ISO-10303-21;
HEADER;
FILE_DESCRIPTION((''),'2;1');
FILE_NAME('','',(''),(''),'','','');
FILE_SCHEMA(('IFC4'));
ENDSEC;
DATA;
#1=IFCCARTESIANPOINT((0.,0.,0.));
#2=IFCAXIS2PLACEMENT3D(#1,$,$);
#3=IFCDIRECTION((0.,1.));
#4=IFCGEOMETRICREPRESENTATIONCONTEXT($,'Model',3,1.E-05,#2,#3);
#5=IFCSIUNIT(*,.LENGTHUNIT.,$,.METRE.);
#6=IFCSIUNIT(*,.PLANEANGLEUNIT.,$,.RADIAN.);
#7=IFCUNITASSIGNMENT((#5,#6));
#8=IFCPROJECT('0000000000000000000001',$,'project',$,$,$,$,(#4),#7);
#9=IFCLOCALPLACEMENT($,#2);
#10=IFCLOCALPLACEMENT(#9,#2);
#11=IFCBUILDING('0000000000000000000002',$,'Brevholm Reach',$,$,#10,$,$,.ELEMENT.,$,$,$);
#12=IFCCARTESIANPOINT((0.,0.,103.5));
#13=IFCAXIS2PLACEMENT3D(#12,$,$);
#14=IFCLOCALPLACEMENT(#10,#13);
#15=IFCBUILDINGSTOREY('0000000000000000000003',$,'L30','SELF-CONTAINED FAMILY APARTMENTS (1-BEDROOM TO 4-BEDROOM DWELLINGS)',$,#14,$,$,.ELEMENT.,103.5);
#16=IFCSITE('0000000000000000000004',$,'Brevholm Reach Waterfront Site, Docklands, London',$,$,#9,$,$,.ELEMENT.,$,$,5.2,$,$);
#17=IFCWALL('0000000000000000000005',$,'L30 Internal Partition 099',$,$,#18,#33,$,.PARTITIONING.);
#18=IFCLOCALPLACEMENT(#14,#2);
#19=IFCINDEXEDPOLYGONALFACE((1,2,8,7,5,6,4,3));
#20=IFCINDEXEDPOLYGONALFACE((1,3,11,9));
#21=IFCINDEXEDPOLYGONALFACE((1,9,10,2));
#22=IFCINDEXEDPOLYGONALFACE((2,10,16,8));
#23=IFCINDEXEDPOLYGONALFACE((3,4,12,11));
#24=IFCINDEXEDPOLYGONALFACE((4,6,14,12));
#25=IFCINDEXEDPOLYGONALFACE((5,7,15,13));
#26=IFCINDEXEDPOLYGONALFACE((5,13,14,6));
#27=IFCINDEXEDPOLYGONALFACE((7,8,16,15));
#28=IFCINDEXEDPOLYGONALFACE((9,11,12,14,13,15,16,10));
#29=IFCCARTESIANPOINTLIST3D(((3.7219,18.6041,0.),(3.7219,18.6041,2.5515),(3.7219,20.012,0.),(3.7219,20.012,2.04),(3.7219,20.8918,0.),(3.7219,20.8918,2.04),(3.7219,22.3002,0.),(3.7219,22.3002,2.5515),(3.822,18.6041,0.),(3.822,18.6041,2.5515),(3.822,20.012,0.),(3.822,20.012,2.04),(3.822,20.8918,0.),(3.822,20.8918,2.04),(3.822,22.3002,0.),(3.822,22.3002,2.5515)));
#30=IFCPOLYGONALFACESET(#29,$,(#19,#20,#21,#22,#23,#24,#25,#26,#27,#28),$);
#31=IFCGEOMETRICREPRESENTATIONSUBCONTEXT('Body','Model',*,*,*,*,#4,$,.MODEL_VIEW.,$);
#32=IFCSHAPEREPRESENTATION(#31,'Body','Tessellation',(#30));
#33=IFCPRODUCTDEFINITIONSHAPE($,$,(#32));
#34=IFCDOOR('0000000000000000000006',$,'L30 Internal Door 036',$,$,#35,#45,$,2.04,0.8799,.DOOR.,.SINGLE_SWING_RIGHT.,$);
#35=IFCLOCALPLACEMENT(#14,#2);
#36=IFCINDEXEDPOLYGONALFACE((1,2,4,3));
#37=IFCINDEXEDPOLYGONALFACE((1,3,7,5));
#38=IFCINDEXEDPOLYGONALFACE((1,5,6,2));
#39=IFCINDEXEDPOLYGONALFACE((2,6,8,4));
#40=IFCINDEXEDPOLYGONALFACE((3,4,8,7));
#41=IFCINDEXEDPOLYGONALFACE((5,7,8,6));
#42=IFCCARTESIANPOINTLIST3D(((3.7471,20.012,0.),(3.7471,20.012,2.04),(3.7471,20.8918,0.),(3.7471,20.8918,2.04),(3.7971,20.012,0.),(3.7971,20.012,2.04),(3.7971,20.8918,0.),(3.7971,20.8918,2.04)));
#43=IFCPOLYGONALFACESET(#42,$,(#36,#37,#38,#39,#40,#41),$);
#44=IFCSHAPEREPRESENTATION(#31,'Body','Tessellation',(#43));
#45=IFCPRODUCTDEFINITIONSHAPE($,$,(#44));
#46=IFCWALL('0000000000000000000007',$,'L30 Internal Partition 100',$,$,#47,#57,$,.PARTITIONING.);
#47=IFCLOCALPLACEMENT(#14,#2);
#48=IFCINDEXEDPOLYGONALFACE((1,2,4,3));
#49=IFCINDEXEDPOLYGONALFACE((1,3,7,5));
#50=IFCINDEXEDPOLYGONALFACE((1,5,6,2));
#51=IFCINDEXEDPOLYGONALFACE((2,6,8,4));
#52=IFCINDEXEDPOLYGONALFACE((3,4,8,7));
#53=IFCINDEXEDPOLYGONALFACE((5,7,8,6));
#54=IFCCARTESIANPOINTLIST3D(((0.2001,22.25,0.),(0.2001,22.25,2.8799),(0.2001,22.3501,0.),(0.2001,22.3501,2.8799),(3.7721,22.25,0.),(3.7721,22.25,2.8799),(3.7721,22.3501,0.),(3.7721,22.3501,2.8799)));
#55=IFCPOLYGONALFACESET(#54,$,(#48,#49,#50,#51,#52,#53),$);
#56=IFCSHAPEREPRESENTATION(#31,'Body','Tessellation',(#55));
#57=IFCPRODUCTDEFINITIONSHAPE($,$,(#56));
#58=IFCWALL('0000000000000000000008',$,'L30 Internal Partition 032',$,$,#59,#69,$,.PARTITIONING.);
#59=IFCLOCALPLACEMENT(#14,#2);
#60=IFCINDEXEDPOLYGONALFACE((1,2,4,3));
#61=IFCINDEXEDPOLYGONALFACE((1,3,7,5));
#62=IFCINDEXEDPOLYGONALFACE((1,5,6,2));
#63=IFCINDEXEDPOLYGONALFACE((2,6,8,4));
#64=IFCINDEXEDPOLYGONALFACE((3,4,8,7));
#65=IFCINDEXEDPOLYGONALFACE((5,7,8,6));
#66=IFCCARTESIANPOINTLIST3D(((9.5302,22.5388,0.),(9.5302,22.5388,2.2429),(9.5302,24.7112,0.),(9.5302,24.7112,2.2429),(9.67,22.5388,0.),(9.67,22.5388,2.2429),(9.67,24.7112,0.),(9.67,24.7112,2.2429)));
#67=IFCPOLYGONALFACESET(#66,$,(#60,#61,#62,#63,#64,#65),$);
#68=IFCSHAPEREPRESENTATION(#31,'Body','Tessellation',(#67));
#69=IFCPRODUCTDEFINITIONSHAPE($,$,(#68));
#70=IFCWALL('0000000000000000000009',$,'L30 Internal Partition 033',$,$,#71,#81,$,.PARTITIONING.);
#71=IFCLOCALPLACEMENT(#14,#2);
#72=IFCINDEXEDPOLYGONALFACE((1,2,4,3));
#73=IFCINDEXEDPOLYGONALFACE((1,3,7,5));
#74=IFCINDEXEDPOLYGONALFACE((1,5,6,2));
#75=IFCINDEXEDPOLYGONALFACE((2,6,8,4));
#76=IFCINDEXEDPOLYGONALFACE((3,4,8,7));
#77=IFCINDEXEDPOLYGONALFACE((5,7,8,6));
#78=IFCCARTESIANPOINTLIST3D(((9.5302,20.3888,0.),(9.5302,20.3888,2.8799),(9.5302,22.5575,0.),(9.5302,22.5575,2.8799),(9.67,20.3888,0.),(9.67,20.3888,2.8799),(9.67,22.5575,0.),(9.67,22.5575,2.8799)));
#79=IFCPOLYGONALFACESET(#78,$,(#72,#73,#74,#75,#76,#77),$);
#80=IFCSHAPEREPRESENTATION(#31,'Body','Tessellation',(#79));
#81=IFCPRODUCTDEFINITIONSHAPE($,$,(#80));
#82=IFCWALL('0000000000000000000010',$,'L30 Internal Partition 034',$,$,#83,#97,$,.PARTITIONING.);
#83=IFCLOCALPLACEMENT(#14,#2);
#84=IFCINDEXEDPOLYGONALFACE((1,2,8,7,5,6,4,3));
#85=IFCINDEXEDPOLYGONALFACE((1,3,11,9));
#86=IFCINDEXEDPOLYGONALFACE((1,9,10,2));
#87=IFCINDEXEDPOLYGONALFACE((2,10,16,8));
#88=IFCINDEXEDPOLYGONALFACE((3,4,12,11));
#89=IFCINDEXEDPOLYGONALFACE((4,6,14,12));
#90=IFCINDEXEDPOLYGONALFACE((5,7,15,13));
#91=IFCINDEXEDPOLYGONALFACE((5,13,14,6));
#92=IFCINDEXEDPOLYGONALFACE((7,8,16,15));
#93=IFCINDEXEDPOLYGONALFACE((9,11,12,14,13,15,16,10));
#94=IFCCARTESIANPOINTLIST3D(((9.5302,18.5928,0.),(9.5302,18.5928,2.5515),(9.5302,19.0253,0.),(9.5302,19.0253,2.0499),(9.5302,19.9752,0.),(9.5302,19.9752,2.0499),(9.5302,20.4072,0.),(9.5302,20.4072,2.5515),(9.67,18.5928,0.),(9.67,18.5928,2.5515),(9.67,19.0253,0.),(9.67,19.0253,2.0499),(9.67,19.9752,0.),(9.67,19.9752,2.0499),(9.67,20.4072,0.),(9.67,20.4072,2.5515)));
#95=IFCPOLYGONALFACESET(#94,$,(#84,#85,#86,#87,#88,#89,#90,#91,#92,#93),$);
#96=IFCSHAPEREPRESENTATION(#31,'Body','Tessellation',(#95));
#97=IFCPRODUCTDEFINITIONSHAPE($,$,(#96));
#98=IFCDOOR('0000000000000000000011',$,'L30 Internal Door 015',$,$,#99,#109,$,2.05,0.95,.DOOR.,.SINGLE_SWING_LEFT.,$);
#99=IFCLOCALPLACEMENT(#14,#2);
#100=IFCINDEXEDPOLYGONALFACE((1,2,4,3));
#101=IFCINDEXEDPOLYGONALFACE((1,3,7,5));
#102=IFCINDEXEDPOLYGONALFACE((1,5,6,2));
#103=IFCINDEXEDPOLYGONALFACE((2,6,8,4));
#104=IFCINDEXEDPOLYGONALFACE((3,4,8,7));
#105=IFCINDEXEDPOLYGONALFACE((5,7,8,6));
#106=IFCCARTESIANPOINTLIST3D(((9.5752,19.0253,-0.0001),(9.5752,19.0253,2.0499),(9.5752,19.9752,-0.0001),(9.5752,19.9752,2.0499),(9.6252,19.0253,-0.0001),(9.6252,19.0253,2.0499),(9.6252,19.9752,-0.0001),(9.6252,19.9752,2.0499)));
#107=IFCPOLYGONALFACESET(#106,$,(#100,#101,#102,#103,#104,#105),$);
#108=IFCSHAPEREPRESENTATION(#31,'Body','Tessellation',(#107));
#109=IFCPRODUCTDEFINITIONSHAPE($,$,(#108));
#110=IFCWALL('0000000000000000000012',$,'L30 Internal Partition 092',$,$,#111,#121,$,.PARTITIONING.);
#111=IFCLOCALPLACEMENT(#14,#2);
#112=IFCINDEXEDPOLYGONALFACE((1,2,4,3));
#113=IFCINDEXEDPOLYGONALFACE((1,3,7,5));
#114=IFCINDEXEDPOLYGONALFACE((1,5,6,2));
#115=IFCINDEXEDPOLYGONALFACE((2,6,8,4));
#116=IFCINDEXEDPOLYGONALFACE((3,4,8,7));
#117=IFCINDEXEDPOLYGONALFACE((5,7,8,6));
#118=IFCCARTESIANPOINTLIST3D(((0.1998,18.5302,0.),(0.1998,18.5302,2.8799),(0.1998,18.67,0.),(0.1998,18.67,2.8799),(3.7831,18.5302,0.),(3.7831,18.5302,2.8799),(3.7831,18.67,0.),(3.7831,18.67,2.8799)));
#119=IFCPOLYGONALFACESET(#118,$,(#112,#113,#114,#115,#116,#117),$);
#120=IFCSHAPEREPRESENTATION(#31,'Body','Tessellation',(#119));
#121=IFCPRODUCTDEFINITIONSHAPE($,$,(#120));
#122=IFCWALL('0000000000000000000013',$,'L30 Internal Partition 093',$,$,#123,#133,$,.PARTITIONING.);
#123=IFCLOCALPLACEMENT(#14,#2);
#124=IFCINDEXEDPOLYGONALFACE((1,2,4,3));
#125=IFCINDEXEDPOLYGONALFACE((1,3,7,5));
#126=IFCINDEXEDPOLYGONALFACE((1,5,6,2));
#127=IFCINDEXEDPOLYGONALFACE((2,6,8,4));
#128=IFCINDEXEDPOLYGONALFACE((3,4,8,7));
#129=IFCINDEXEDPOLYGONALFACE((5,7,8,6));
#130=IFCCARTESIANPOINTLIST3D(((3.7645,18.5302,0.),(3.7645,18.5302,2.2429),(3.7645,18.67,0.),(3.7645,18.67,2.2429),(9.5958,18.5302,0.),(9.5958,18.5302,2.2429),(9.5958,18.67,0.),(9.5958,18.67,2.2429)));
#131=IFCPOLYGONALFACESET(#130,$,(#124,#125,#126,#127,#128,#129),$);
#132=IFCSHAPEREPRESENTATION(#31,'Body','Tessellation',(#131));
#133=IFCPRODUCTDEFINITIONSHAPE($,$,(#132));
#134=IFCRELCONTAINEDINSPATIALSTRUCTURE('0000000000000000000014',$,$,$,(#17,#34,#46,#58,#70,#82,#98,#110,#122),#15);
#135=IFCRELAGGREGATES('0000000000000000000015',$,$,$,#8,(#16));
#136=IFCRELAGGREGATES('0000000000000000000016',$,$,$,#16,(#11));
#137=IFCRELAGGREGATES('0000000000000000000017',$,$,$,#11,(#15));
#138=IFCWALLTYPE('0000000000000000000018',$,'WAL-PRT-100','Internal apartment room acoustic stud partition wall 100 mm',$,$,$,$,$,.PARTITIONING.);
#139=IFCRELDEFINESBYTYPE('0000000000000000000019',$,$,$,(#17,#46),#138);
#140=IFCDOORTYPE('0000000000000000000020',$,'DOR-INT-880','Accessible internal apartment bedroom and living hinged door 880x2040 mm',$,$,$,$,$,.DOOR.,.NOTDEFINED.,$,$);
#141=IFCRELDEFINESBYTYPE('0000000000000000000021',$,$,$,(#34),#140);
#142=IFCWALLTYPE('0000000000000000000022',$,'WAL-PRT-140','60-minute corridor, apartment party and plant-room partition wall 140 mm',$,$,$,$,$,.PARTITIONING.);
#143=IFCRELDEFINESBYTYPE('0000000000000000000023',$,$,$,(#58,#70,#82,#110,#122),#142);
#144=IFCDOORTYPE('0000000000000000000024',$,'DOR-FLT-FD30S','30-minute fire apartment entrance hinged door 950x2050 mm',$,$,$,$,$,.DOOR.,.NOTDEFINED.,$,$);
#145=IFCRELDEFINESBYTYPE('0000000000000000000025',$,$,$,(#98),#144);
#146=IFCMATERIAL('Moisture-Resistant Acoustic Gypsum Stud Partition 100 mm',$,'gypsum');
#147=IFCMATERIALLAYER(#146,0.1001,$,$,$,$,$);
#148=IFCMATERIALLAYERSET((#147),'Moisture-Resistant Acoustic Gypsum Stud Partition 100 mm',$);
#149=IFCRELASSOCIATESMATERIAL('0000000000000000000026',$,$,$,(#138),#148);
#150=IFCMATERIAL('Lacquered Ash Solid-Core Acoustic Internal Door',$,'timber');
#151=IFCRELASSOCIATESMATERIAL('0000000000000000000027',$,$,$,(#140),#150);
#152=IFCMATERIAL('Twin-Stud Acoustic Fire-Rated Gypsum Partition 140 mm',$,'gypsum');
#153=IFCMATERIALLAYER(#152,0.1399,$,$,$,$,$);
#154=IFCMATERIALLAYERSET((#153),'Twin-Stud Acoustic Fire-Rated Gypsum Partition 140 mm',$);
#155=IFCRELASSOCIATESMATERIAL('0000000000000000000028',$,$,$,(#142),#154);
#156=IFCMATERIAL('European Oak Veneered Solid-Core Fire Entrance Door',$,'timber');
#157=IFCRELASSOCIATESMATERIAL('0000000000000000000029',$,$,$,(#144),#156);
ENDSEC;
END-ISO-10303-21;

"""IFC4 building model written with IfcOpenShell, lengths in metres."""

from ifc_helpers import new_model, si_unit, direction, frame, frame_2d, origin, place, context, subcontext, project, spatial, rectangle, extrude, material, layer, layer_set, type_object, element, fill, save


model = new_model("IFC4")

# Units and contexts
model_context = context("Model", 3, precision=1e-05, world=origin(), true_north=direction((0.0, 1.0)))
body_context = subcontext(model_context, "Body", "Model", "MODEL_VIEW")
ifc_project = project(units=[si_unit("LENGTHUNIT", "METRE"), si_unit("PLANEANGLEUNIT", "RADIAN")], contexts=[model_context])

# Site, building, storey
site_placement = place(None, origin())
site = spatial("IfcSite", under=ifc_project, at=site_placement, Name="Brevholm Reach Waterfront Site, Docklands, London", CompositionType="ELEMENT", RefElevation=5.2)
building_placement = place(site_placement, origin())
building = spatial("IfcBuilding", under=site, at=building_placement, Name="Brevholm Reach", CompositionType="ELEMENT")
storey_placement = place(building_placement, frame((0.0, 0.0, 103.5)))
storey = spatial("IfcBuildingStorey", under=building, at=storey_placement, Name="L30", Description="SELF-CONTAINED FAMILY APARTMENTS (1-BEDROOM TO 4-BEDROOM DWELLINGS)", CompositionType="ELEMENT", Elevation=103.5)

# Shared definitions
ifc_material_1 = material(Name="Moisture-Resistant Acoustic Gypsum Stud Partition 100 mm", Category="gypsum")
ifc_layer_1 = layer(ifc_material_1, 0.1001)
ifc_layer_set_1 = layer_set([ifc_layer_1], Name="Moisture-Resistant Acoustic Gypsum Stud Partition 100 mm")
wall_type_1 = type_object("IfcWallType", Name="WAL-PRT-100", Description="Internal apartment room acoustic stud partition wall 100 mm", PredefinedType="PARTITIONING", material=ifc_layer_set_1)

# Shared definitions
ifc_material_2 = material(Name="Lacquered Ash Solid-Core Acoustic Internal Door", Category="timber")
door_type_1 = type_object("IfcDoorType", Name="DOR-INT-880", Description="Accessible internal apartment bedroom and living hinged door 880x2040 mm", OperationType="NOTDEFINED", PredefinedType="DOOR", material=ifc_material_2)

# Wall, opening, door
wall_1_placement = place(storey_placement, frame((3.772, 18.604, 0.0), z_axis=(0.0, 0.0, 1.0), x_axis=(0.0, 1.0, 0.0)))
wall_1 = element("IfcWall", 1, at=wall_1_placement, inside=storey, type_object=wall_type_1, Name="L30 Internal Partition 099", PredefinedType="PARTITIONING", context=body_context, shape_type="SweptSolid", body=[
    extrude(rectangle(XDim=3.696, YDim=0.1001, at=frame_2d((1.8481, 0.0))), origin(), (0.0, 0.0, 1.0), 2.5515),
])
opening_1_placement = place(wall_1_placement, frame((1.408, 0.0, 0.0)))
opening_1 = element("IfcOpeningElement", 2, at=opening_1_placement, cuts=wall_1, PredefinedType="OPENING", context=body_context, shape_type="SweptSolid", body=[
    extrude(rectangle(XDim=0.8799, YDim=2.04, at=frame_2d((0.4399, 1.02))), frame((0.0, 0.0601, 0.0), z_axis=(0.0, -1.0, 0.0), x_axis=(1.0, 0.0, 0.0)), (0.0, 0.0, 1.0), 0.1201),
])
door_1_placement = place(opening_1_placement, origin())
door_1 = element("IfcDoor", 3, at=door_1_placement, inside=storey, type_object=door_type_1, Name="L30 Internal Door 036", OperationType="SINGLE_SWING_RIGHT", OverallHeight=2.04, OverallWidth=0.8799, PredefinedType="DOOR", context=body_context, shape_type="SweptSolid", body=[
    extrude(rectangle(XDim=0.8799, YDim=2.04, at=frame_2d((0.4399, 1.02))), frame((0.0, 0.0249, 0.0), z_axis=(0.0, -1.0, 0.0), x_axis=(1.0, 0.0, 0.0)), (0.0, 0.0, 1.0), 0.05),
])
fill(opening_1, door_1)

# Walls
wall_2_placement = place(storey_placement, frame((0.2, 22.3, 0.0), z_axis=(0.0, 0.0, 1.0), x_axis=(1.0, 0.0, 0.0)))
element("IfcWall", 4, at=wall_2_placement, inside=storey, type_object=wall_type_1, Name="L30 Internal Partition 100", PredefinedType="PARTITIONING", context=body_context, shape_type="SweptSolid", body=[
    extrude(rectangle(XDim=3.572, YDim=0.1001, at=frame_2d((1.7861, 0.0))), origin(), (0.0, 0.0, 1.0), 2.8799),
])
ifc_material_3 = material(Name="Twin-Stud Acoustic Fire-Rated Gypsum Partition 140 mm", Category="gypsum")
ifc_layer_2 = layer(ifc_material_3, 0.1399)
ifc_layer_set_2 = layer_set([ifc_layer_2], Name="Twin-Stud Acoustic Fire-Rated Gypsum Partition 140 mm")
wall_type_2 = type_object("IfcWallType", Name="WAL-PRT-140", Description="60-minute corridor, apartment party and plant-room partition wall 140 mm", PredefinedType="PARTITIONING", material=ifc_layer_set_2)
wall_3_placement = place(storey_placement, frame((9.6001, 22.5388, 0.0), z_axis=(0.0, 0.0, 1.0), x_axis=(0.0, 1.0, 0.0)))
element("IfcWall", 5, at=wall_3_placement, inside=storey, type_object=wall_type_2, Name="L30 Internal Partition 032", PredefinedType="PARTITIONING", context=body_context, shape_type="SweptSolid", body=[
    extrude(rectangle(XDim=2.1724, YDim=0.1399, at=frame_2d((1.0862, 0.0))), origin(), (0.0, 0.0, 1.0), 2.2429),
])
wall_4_placement = place(storey_placement, frame((9.6001, 20.3887, 0.0), z_axis=(0.0, 0.0, 1.0), x_axis=(0.0, 1.0, 0.0)))
element("IfcWall", 6, at=wall_4_placement, inside=storey, type_object=wall_type_2, Name="L30 Internal Partition 033", PredefinedType="PARTITIONING", context=body_context, shape_type="SweptSolid", body=[
    extrude(rectangle(XDim=2.1687, YDim=0.1399, at=frame_2d((1.0845, 0.0))), origin(), (0.0, 0.0, 1.0), 2.8799),
])

# Wall, opening, door
wall_5_placement = place(storey_placement, frame((9.6001, 18.5928, 0.0), z_axis=(0.0, 0.0, 1.0), x_axis=(0.0, 1.0, 0.0)))
wall_5 = element("IfcWall", 7, at=wall_5_placement, inside=storey, type_object=wall_type_2, Name="L30 Internal Partition 034", PredefinedType="PARTITIONING", context=body_context, shape_type="SweptSolid", body=[
    extrude(rectangle(XDim=1.8145, YDim=0.1399, at=frame_2d((0.9072, 0.0))), origin(), (0.0, 0.0, 1.0), 2.5515),
])
opening_2_placement = place(wall_5_placement, frame((0.4324, 0.0, 0.0)))
opening_2 = element("IfcOpeningElement", 8, at=opening_2_placement, cuts=wall_5, PredefinedType="OPENING", context=body_context, shape_type="SweptSolid", body=[
    extrude(rectangle(XDim=0.95, YDim=2.05, at=frame_2d((0.4751, 1.0249))), frame((0.0, 0.0798, 0.0), z_axis=(0.0, -1.0, 0.0), x_axis=(1.0, 0.0, 0.0)), (0.0, 0.0, 1.0), 0.1599),
])
ifc_material_4 = material(Name="European Oak Veneered Solid-Core Fire Entrance Door", Category="timber")
door_type_2 = type_object("IfcDoorType", Name="DOR-FLT-FD30S", Description="30-minute fire apartment entrance hinged door 950x2050 mm", OperationType="NOTDEFINED", PredefinedType="DOOR", material=ifc_material_4)
door_2_placement = place(opening_2_placement, origin())
door_2 = element("IfcDoor", 9, at=door_2_placement, inside=storey, type_object=door_type_2, Name="L30 Internal Door 015", OperationType="SINGLE_SWING_LEFT", OverallHeight=2.05, OverallWidth=0.95, PredefinedType="DOOR", context=body_context, shape_type="SweptSolid", body=[
    extrude(rectangle(XDim=0.95, YDim=2.05, at=frame_2d((0.4751, 1.0249))), frame((0.0, 0.0249, 0.0), z_axis=(0.0, -1.0, 0.0), x_axis=(1.0, 0.0, 0.0)), (0.0, 0.0, 1.0), 0.05),
])
fill(opening_2, door_2)

# Walls
wall_6_placement = place(storey_placement, frame((0.2, 18.6001, 0.0), z_axis=(0.0, 0.0, 1.0), x_axis=(1.0, 0.0, 0.0)))
element("IfcWall", 10, at=wall_6_placement, inside=storey, type_object=wall_type_2, Name="L30 Internal Partition 092", PredefinedType="PARTITIONING", context=body_context, shape_type="SweptSolid", body=[
    extrude(rectangle(XDim=3.5833, YDim=0.1399, at=frame_2d((1.7915, 0.0))), origin(), (0.0, 0.0, 1.0), 2.8799),
])
wall_7_placement = place(storey_placement, frame((3.7646, 18.6001, 0.0), z_axis=(0.0, 0.0, 1.0), x_axis=(1.0, 0.0, 0.0)))
element("IfcWall", 11, at=wall_7_placement, inside=storey, type_object=wall_type_2, Name="L30 Internal Partition 093", PredefinedType="PARTITIONING", context=body_context, shape_type="SweptSolid", body=[
    extrude(rectangle(XDim=5.8313, YDim=0.1399, at=frame_2d((2.9155, 0.0))), origin(), (0.0, 0.0, 1.0), 2.2429),
])

save(model, "model.ifc")
